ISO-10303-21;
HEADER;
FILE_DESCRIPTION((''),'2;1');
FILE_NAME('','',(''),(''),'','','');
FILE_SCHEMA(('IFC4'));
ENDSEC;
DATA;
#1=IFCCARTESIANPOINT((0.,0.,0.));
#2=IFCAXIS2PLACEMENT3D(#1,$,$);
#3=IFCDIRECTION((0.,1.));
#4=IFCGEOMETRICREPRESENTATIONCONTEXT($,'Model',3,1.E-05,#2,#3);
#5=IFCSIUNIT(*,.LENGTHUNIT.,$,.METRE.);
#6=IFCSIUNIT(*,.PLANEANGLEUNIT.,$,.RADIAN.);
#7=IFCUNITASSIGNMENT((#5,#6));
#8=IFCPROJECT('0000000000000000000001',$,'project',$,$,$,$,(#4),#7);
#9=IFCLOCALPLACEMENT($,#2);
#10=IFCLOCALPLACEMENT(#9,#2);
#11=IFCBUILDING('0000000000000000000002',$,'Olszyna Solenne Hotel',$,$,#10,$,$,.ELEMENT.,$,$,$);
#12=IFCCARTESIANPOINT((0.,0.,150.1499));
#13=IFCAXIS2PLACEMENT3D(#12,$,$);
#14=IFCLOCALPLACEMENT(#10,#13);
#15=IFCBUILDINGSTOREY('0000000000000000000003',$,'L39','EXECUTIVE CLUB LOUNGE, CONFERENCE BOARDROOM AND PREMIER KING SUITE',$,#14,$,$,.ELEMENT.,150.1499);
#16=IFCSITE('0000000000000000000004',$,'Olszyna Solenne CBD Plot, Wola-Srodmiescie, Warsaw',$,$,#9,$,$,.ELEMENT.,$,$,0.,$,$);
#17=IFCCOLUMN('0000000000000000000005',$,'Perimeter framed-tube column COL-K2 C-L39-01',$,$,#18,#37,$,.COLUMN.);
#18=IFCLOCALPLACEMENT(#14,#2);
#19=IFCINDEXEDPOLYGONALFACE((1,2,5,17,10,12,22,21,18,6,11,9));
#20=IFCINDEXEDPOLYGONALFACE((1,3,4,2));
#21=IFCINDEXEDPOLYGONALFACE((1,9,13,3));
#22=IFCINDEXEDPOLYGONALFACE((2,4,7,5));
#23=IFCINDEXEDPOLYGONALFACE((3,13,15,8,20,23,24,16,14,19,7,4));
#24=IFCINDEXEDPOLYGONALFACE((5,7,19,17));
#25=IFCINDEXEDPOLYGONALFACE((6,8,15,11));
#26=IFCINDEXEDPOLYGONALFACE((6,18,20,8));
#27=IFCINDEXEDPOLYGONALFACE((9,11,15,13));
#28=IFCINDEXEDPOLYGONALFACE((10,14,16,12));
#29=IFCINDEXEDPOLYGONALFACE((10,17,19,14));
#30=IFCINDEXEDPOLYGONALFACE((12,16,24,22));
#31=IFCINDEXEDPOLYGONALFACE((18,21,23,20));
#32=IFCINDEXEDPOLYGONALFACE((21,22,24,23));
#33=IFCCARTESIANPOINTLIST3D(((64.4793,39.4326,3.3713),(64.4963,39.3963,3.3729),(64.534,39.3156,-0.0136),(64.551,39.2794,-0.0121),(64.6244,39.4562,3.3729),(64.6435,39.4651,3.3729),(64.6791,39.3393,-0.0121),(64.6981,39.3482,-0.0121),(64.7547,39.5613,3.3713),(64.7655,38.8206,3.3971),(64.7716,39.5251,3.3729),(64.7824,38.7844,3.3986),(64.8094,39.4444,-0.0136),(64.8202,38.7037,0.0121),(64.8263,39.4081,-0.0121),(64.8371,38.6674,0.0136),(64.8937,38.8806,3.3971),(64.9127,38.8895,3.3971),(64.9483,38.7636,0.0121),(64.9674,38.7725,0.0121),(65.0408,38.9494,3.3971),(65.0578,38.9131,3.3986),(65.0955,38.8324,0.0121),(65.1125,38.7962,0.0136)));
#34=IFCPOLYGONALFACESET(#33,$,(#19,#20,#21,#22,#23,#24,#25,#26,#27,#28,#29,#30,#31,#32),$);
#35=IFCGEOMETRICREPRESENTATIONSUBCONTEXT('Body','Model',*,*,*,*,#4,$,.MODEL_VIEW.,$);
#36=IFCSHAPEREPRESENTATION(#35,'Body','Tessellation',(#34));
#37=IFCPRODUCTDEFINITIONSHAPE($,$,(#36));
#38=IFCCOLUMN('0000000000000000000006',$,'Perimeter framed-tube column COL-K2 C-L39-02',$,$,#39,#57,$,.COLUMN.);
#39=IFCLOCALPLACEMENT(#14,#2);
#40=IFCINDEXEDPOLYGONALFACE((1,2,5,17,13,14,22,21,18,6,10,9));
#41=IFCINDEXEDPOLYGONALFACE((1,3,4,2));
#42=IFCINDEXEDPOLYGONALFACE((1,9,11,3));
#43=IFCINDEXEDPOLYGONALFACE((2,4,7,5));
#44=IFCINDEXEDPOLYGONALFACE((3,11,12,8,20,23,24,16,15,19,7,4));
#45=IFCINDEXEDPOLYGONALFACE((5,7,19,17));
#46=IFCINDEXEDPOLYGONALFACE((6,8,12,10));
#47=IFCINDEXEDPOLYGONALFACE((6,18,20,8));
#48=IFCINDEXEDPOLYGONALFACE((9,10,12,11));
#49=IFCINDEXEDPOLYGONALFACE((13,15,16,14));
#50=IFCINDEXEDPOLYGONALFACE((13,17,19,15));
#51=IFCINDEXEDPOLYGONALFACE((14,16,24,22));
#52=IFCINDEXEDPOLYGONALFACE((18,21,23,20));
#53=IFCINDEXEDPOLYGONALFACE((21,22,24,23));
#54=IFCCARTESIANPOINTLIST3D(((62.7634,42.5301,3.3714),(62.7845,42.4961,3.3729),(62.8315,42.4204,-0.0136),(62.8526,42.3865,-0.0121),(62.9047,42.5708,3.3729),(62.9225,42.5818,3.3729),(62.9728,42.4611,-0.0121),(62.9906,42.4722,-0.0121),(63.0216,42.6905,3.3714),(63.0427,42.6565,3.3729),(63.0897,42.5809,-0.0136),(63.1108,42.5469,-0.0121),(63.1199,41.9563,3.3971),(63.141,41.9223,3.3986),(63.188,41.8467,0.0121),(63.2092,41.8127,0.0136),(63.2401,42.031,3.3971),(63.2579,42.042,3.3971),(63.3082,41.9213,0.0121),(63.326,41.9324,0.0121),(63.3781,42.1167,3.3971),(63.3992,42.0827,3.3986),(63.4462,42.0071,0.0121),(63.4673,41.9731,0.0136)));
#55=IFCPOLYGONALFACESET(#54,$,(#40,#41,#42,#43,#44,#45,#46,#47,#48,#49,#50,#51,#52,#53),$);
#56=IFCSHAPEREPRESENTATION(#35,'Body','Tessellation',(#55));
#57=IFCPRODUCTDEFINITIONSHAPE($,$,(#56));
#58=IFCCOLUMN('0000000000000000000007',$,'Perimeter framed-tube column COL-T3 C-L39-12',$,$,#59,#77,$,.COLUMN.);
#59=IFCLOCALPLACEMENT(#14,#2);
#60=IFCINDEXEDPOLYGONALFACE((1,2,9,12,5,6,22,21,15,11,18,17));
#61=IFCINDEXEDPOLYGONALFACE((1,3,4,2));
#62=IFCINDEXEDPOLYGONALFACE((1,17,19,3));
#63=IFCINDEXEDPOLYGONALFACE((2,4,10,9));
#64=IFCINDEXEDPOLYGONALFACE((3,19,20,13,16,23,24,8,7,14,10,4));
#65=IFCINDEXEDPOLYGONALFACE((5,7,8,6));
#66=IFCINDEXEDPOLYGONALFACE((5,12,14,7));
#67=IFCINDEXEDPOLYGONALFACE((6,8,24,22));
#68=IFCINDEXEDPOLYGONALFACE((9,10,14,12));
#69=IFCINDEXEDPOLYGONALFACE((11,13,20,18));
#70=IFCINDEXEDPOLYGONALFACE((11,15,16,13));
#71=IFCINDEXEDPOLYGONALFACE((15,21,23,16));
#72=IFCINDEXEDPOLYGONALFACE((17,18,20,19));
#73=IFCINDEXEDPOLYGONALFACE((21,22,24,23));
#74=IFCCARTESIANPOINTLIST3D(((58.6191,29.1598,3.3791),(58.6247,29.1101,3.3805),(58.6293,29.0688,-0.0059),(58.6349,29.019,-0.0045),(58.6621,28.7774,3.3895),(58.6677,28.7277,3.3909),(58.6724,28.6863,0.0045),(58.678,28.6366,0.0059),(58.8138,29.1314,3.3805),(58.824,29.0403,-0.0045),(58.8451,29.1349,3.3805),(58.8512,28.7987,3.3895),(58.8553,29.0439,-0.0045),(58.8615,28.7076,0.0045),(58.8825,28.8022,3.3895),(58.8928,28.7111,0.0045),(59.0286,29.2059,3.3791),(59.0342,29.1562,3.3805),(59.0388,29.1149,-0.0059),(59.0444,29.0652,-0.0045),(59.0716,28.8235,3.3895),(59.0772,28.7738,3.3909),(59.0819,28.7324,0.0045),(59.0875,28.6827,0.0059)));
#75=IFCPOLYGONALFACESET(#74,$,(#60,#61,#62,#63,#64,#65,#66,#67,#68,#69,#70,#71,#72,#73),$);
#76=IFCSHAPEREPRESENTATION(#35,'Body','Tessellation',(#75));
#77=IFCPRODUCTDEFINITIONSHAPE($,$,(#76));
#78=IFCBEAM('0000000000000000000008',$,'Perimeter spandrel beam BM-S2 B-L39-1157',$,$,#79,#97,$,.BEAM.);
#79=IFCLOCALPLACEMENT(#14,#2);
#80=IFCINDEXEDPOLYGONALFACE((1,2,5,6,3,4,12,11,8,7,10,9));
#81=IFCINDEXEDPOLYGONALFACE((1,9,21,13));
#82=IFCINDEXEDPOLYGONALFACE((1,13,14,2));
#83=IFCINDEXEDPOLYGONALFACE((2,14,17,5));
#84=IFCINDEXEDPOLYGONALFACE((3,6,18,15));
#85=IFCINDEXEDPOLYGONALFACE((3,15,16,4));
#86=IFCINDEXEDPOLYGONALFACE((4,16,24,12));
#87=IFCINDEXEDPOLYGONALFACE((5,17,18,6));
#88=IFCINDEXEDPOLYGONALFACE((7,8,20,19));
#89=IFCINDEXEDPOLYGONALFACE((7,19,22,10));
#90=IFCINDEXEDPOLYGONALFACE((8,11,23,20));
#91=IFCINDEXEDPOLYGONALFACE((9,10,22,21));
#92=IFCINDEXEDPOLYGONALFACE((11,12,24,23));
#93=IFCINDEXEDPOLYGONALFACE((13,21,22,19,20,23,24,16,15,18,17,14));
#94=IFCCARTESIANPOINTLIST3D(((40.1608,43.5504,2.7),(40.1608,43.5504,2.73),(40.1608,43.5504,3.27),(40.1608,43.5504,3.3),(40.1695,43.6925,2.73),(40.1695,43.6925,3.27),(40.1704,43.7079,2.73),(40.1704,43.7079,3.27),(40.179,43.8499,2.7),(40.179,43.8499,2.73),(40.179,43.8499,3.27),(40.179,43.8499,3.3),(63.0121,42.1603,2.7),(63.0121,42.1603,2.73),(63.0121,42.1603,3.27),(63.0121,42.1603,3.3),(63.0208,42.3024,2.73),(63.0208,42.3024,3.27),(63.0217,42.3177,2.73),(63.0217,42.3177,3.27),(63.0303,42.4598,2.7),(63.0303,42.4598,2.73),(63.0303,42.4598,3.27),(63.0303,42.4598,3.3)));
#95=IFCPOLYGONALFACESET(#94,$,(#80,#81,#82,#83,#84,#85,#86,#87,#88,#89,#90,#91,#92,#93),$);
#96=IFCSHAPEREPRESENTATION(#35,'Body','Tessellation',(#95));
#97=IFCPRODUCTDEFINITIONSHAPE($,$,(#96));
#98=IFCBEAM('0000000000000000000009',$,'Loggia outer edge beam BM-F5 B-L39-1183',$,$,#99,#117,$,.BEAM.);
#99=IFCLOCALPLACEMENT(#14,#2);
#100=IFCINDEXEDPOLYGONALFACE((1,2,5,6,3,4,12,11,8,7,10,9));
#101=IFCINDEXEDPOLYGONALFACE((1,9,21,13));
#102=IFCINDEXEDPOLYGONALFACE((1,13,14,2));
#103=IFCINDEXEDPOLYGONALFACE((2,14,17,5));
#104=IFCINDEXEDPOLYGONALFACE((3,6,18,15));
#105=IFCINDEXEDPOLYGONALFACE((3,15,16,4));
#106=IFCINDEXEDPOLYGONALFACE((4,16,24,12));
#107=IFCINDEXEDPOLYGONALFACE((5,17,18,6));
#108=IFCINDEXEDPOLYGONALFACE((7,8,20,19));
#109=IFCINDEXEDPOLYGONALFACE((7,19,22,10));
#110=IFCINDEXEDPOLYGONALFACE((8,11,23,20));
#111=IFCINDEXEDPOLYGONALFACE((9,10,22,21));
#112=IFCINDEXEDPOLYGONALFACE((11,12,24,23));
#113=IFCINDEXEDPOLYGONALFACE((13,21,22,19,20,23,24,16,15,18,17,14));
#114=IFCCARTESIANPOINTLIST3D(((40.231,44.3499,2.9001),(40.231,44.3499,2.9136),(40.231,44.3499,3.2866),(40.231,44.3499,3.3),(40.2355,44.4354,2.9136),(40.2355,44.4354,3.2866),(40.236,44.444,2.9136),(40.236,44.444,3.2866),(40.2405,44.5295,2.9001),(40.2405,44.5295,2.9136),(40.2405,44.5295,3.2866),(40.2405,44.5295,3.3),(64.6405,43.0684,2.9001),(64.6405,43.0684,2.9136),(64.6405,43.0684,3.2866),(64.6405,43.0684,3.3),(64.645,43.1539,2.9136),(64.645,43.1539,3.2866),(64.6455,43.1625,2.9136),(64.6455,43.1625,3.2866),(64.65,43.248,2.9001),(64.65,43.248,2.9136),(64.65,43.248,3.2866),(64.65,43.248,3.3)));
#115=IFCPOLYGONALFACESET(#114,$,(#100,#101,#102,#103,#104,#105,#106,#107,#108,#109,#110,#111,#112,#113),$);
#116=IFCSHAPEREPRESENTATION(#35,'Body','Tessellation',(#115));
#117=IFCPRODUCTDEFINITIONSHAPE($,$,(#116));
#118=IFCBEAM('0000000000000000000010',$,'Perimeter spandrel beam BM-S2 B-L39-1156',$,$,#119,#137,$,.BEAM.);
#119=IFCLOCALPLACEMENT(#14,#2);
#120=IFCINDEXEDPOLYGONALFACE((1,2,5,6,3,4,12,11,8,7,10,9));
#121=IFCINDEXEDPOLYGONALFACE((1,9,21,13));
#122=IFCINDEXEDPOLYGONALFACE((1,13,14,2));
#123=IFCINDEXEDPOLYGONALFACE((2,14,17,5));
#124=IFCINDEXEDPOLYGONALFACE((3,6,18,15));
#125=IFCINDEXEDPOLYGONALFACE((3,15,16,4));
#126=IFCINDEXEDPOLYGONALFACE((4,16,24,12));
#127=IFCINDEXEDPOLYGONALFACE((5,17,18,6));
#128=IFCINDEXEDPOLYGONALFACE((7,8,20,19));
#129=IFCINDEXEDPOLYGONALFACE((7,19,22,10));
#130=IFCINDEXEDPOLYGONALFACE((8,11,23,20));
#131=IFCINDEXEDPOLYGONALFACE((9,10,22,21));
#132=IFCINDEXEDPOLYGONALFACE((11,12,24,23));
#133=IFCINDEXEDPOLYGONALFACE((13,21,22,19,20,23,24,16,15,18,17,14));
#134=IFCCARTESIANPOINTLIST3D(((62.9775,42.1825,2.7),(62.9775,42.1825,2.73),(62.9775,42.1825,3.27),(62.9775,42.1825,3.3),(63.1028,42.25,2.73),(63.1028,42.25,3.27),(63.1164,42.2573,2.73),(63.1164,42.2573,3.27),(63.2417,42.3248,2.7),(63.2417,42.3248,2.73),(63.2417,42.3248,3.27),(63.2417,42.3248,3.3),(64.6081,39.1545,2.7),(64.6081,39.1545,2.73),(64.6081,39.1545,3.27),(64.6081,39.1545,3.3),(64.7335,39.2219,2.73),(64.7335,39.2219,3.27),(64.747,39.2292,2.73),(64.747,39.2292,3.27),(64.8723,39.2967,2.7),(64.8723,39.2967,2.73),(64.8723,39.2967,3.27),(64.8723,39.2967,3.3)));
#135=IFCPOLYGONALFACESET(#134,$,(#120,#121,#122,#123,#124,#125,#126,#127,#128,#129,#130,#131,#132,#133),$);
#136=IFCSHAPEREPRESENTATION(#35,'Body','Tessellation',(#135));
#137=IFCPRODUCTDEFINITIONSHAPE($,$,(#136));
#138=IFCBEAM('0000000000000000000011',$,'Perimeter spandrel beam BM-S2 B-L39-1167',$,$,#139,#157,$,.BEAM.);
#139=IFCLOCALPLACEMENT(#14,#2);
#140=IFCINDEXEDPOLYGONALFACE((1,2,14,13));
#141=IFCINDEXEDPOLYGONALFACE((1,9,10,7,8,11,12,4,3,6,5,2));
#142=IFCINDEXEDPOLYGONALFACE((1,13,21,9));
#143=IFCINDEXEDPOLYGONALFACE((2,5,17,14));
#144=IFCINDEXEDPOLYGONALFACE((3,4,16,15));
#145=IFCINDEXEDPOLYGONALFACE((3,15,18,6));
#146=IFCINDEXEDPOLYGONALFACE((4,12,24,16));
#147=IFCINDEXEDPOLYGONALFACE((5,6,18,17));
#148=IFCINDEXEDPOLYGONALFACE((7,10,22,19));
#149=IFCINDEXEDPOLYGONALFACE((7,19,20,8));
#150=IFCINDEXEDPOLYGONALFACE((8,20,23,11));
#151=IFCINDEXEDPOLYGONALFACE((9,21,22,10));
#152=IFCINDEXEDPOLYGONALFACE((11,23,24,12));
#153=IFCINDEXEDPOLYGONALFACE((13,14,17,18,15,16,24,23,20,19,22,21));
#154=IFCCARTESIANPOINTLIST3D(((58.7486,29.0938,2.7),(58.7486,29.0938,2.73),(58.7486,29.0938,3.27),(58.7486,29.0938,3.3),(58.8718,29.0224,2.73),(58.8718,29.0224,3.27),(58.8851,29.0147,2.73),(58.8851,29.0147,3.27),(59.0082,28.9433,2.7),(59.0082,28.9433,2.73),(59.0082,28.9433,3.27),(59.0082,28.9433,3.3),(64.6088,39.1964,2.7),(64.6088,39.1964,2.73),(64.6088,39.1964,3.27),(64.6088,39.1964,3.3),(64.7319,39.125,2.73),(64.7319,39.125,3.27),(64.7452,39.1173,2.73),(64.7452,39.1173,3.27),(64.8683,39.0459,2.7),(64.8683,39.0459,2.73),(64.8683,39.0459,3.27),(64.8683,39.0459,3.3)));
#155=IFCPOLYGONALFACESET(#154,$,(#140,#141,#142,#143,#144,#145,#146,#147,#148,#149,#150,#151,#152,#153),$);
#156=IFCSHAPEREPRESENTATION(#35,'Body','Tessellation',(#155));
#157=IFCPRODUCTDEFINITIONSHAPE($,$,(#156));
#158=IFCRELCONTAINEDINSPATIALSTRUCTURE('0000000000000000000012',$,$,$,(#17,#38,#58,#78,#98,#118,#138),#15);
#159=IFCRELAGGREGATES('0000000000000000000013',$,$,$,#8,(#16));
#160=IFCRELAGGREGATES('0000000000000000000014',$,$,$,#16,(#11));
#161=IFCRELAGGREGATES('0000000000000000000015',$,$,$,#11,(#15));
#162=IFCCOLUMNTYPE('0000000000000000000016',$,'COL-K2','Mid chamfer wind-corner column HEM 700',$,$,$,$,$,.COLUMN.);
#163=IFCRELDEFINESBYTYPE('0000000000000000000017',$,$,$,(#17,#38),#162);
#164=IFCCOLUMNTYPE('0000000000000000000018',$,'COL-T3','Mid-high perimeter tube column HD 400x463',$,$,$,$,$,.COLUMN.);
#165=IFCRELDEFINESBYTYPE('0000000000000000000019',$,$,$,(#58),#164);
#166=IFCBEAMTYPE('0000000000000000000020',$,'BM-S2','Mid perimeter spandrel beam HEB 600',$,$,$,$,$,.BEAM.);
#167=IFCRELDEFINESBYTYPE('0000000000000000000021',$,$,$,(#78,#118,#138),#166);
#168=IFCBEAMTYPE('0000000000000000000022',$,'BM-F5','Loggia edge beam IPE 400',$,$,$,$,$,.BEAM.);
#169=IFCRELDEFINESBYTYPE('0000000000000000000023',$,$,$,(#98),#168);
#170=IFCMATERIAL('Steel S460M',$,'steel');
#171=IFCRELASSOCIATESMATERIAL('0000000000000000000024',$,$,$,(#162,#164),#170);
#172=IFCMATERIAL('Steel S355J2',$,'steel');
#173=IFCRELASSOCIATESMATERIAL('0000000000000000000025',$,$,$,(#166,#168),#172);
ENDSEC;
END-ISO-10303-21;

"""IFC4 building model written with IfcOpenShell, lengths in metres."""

from ifc_helpers import new_model, si_unit, direction, frame, origin, origin_2d, place, context, subcontext, project, spatial, i_section, extrude, source, transform, mapped, material, material_profile, profile_set, type_object, element, save


model = new_model("IFC4")

# Units and contexts
model_context = context("Model", 3, precision=1e-05, world=origin(), true_north=direction((0.0, 1.0)))
body_context = subcontext(model_context, "Body", "Model", "MODEL_VIEW")
ifc_project = project(units=[si_unit("LENGTHUNIT", "METRE"), si_unit("PLANEANGLEUNIT", "RADIAN")], contexts=[model_context])

# Site, building, storey
site_placement = place(None, origin())
site = spatial("IfcSite", under=ifc_project, at=site_placement, Name="Olszyna Solenne CBD Plot, Wola-Srodmiescie, Warsaw", CompositionType="ELEMENT", RefElevation=0.0)
building_placement = place(site_placement, origin())
building = spatial("IfcBuilding", under=site, at=building_placement, Name="Olszyna Solenne Hotel", CompositionType="ELEMENT")
storey_placement = place(building_placement, frame((0.0, 0.0, 150.1499)))
storey = spatial("IfcBuildingStorey", under=building, at=storey_placement, Name="L39", Description="EXECUTIVE CLUB LOUNGE, CONFERENCE BOARDROOM AND PREMIER KING SUITE", CompositionType="ELEMENT", Elevation=150.1499)

# Columns
ifc_material_1 = material(Name="Steel S460M", Category="steel")
ifc_material_profile_1 = material_profile(ifc_material_1, i_section(OverallWidth=0.304, OverallDepth=0.7161, WebThickness=0.021, FlangeThickness=0.04, at=origin_2d()), Name="HEM 700", Category="load-bearing")
ifc_profile_set_1 = profile_set([ifc_material_profile_1], Name="Steel S460M")
column_type_1 = type_object("IfcColumnType", Name="COL-K2", Description="Mid chamfer wind-corner column HEM 700", PredefinedType="COLUMN", material=ifc_profile_set_1)
shared_shape_1 = source(origin(), body_context, "Body", "SweptSolid", [
    extrude(i_section(OverallWidth=0.304, OverallDepth=0.7161, WebThickness=0.021, FlangeThickness=0.04, at=origin_2d()), origin(), (0.0, 0.0, 1.0), 3.3875),
])
for number, where, z_axis, x_axis, name in (
    (1, (64.8232, 39.0559, 0.0), (-0.016144, 0.034522, 0.999274), (-0.905845, -0.42361, 0.0), "Perimeter framed-tube column COL-K2 C-L39-01"),
    (2, (63.1494, 42.1968, 0.0), (-0.020108, 0.03236, 0.999274), (-0.849377, -0.527787, 0.0), "Perimeter framed-tube column COL-K2 C-L39-02"),
):
    element("IfcColumn", number, at=place(storey_placement, frame(where, z_axis=z_axis, x_axis=x_axis)), inside=storey, type_object=column_type_1, Name=name, PredefinedType="COLUMN", context=body_context, shape_type="MappedRepresentation", body=[
        mapped(shared_shape_1, transform((0.0, 0.0, 0.0), x_axis=(1.0, 0.0, 0.0), y_axis=(0.0, 1.0, 0.0), z_axis=(0.0, 0.0, 1.0), scale=1.0)),
    ])
ifc_material_profile_2 = material_profile(ifc_material_1, i_section(OverallWidth=0.4121, OverallDepth=0.4351, WebThickness=0.0315, FlangeThickness=0.05, at=origin_2d()), Name="HD 400x463", Category="load-bearing")
ifc_profile_set_2 = profile_set([ifc_material_profile_2], Name="Steel S460M")
column_type_2 = type_object("IfcColumnType", Name="COL-T3", Description="Mid-high perimeter tube column HD 400x463", PredefinedType="COLUMN", material=ifc_profile_set_2)
shared_shape_2 = source(origin(), body_context, "Body", "SweptSolid", [
    extrude(i_section(OverallWidth=0.4121, OverallDepth=0.4351, WebThickness=0.0315, FlangeThickness=0.05, at=origin_2d()), origin(), (0.0, 0.0, 1.0), 3.3862),
])
column_placement = place(storey_placement, frame((58.8584, 28.8757, 0.0), z_axis=(-0.003028, 0.026892, 0.999634), x_axis=(-0.99372, -0.111893, 0.0)))
element("IfcColumn", 3, at=column_placement, inside=storey, type_object=column_type_2, Name="Perimeter framed-tube column COL-T3 C-L39-12", PredefinedType="COLUMN", context=body_context, shape_type="MappedRepresentation", body=[
    mapped(shared_shape_2, transform((0.0, 0.0, 0.0), x_axis=(1.0, 0.0, 0.0), y_axis=(0.0, 1.0, 0.0), z_axis=(0.0, 0.0, 1.0), scale=1.0)),
])

# Beams
ifc_material_2 = material(Name="Steel S355J2", Category="steel")
ifc_material_profile_3 = material_profile(ifc_material_2, i_section(OverallWidth=0.3, OverallDepth=0.6001, WebThickness=0.0154, FlangeThickness=0.03, at=origin_2d()), Name="HEB 600", Category="load-bearing")
ifc_profile_set_3 = profile_set([ifc_material_profile_3], Name="Steel S355J2")
beam_type_1 = type_object("IfcBeamType", Name="BM-S2", Description="Mid perimeter spandrel beam HEB 600", PredefinedType="BEAM", material=ifc_profile_set_3)
shared_shape_3 = source(origin(), body_context, "Body", "SweptSolid", [
    extrude(i_section(OverallWidth=0.3, OverallDepth=0.6001, WebThickness=0.0154, FlangeThickness=0.03, at=origin_2d()), origin(), (0.0, 0.0, 1.0), 22.8936),
])
beam_1_placement = place(storey_placement, frame((63.0212, 42.3101, 3.0), z_axis=(-0.998155, 0.060722, 0.0), x_axis=(-0.060722, -0.998155, 0.0)))
element("IfcBeam", 4, at=beam_1_placement, inside=storey, type_object=beam_type_1, Name="Perimeter spandrel beam BM-S2 B-L39-1157", PredefinedType="BEAM", context=body_context, shape_type="MappedRepresentation", body=[
    mapped(shared_shape_3, transform((0.0, 0.0, 0.0), x_axis=(1.0, 0.0, 0.0), y_axis=(0.0, 1.0, 0.0), z_axis=(0.0, 0.0, 1.0), scale=1.0)),
])
ifc_material_profile_4 = material_profile(ifc_material_2, i_section(OverallWidth=0.1799, OverallDepth=0.3999, WebThickness=0.0085, FlangeThickness=0.0134, at=origin_2d()), Name="IPE 400", Category="load-bearing")
ifc_profile_set_4 = profile_set([ifc_material_profile_4], Name="Steel S355J2")
beam_type_2 = type_object("IfcBeamType", Name="BM-F5", Description="Loggia edge beam IPE 400", PredefinedType="BEAM", material=ifc_profile_set_4)
shared_shape_4 = source(origin(), body_context, "Body", "SweptSolid", [
    extrude(i_section(OverallWidth=0.1799, OverallDepth=0.3999, WebThickness=0.0085, FlangeThickness=0.0134, at=origin_2d()), origin(), (0.0, 0.0, 1.0), 24.4431),
])
beam_2_placement = place(storey_placement, frame((64.6453, 43.1582, 3.1001), z_axis=(-0.998625, 0.052428, 0.0), x_axis=(-0.052428, -0.998625, 0.0)))
element("IfcBeam", 5, at=beam_2_placement, inside=storey, type_object=beam_type_2, Name="Loggia outer edge beam BM-F5 B-L39-1183", PredefinedType="BEAM", context=body_context, shape_type="MappedRepresentation", body=[
    mapped(shared_shape_4, transform((0.0, 0.0, 0.0), x_axis=(1.0, 0.0, 0.0), y_axis=(0.0, 1.0, 0.0), z_axis=(0.0, 0.0, 1.0), scale=1.0)),
])
shared_shape_5 = source(origin(), body_context, "Body", "SweptSolid", [
    extrude(i_section(OverallWidth=0.3, OverallDepth=0.6001, WebThickness=0.0154, FlangeThickness=0.03, at=origin_2d()), origin(), (0.0, 0.0, 1.0), 3.4392),
])
beam_3_placement = place(storey_placement, frame((64.7402, 39.2256, 3.0), z_axis=(-0.474125, 0.880457, 0.0), x_axis=(-0.880457, -0.474125, 0.0)))
element("IfcBeam", 6, at=beam_3_placement, inside=storey, type_object=beam_type_1, Name="Perimeter spandrel beam BM-S2 B-L39-1156", PredefinedType="BEAM", context=body_context, shape_type="MappedRepresentation", body=[
    mapped(shared_shape_5, transform((0.0, 0.0, 0.0), x_axis=(1.0, 0.0, 0.0), y_axis=(0.0, 1.0, 0.0), z_axis=(0.0, 0.0, 1.0), scale=1.0)),
])
shared_shape_6 = source(origin(), body_context, "Body", "SweptSolid", [
    extrude(i_section(OverallWidth=0.3, OverallDepth=0.6001, WebThickness=0.0154, FlangeThickness=0.03, at=origin_2d()), origin(), (0.0, 0.0, 1.0), 11.6792),
])
beam_4_placement = place(storey_placement, frame((58.8784, 29.0186, 3.0), z_axis=(0.501759, 0.865008, 0.0), x_axis=(-0.865008, 0.501759, 0.0)))
element("IfcBeam", 7, at=beam_4_placement, inside=storey, type_object=beam_type_1, Name="Perimeter spandrel beam BM-S2 B-L39-1167", PredefinedType="BEAM", context=body_context, shape_type="MappedRepresentation", body=[
    mapped(shared_shape_6, transform((0.0, 0.0, 0.0), x_axis=(1.0, 0.0, 0.0), y_axis=(0.0, 1.0, 0.0), z_axis=(0.0, 0.0, 1.0), scale=1.0)),
])

save(model, "model.ifc")
